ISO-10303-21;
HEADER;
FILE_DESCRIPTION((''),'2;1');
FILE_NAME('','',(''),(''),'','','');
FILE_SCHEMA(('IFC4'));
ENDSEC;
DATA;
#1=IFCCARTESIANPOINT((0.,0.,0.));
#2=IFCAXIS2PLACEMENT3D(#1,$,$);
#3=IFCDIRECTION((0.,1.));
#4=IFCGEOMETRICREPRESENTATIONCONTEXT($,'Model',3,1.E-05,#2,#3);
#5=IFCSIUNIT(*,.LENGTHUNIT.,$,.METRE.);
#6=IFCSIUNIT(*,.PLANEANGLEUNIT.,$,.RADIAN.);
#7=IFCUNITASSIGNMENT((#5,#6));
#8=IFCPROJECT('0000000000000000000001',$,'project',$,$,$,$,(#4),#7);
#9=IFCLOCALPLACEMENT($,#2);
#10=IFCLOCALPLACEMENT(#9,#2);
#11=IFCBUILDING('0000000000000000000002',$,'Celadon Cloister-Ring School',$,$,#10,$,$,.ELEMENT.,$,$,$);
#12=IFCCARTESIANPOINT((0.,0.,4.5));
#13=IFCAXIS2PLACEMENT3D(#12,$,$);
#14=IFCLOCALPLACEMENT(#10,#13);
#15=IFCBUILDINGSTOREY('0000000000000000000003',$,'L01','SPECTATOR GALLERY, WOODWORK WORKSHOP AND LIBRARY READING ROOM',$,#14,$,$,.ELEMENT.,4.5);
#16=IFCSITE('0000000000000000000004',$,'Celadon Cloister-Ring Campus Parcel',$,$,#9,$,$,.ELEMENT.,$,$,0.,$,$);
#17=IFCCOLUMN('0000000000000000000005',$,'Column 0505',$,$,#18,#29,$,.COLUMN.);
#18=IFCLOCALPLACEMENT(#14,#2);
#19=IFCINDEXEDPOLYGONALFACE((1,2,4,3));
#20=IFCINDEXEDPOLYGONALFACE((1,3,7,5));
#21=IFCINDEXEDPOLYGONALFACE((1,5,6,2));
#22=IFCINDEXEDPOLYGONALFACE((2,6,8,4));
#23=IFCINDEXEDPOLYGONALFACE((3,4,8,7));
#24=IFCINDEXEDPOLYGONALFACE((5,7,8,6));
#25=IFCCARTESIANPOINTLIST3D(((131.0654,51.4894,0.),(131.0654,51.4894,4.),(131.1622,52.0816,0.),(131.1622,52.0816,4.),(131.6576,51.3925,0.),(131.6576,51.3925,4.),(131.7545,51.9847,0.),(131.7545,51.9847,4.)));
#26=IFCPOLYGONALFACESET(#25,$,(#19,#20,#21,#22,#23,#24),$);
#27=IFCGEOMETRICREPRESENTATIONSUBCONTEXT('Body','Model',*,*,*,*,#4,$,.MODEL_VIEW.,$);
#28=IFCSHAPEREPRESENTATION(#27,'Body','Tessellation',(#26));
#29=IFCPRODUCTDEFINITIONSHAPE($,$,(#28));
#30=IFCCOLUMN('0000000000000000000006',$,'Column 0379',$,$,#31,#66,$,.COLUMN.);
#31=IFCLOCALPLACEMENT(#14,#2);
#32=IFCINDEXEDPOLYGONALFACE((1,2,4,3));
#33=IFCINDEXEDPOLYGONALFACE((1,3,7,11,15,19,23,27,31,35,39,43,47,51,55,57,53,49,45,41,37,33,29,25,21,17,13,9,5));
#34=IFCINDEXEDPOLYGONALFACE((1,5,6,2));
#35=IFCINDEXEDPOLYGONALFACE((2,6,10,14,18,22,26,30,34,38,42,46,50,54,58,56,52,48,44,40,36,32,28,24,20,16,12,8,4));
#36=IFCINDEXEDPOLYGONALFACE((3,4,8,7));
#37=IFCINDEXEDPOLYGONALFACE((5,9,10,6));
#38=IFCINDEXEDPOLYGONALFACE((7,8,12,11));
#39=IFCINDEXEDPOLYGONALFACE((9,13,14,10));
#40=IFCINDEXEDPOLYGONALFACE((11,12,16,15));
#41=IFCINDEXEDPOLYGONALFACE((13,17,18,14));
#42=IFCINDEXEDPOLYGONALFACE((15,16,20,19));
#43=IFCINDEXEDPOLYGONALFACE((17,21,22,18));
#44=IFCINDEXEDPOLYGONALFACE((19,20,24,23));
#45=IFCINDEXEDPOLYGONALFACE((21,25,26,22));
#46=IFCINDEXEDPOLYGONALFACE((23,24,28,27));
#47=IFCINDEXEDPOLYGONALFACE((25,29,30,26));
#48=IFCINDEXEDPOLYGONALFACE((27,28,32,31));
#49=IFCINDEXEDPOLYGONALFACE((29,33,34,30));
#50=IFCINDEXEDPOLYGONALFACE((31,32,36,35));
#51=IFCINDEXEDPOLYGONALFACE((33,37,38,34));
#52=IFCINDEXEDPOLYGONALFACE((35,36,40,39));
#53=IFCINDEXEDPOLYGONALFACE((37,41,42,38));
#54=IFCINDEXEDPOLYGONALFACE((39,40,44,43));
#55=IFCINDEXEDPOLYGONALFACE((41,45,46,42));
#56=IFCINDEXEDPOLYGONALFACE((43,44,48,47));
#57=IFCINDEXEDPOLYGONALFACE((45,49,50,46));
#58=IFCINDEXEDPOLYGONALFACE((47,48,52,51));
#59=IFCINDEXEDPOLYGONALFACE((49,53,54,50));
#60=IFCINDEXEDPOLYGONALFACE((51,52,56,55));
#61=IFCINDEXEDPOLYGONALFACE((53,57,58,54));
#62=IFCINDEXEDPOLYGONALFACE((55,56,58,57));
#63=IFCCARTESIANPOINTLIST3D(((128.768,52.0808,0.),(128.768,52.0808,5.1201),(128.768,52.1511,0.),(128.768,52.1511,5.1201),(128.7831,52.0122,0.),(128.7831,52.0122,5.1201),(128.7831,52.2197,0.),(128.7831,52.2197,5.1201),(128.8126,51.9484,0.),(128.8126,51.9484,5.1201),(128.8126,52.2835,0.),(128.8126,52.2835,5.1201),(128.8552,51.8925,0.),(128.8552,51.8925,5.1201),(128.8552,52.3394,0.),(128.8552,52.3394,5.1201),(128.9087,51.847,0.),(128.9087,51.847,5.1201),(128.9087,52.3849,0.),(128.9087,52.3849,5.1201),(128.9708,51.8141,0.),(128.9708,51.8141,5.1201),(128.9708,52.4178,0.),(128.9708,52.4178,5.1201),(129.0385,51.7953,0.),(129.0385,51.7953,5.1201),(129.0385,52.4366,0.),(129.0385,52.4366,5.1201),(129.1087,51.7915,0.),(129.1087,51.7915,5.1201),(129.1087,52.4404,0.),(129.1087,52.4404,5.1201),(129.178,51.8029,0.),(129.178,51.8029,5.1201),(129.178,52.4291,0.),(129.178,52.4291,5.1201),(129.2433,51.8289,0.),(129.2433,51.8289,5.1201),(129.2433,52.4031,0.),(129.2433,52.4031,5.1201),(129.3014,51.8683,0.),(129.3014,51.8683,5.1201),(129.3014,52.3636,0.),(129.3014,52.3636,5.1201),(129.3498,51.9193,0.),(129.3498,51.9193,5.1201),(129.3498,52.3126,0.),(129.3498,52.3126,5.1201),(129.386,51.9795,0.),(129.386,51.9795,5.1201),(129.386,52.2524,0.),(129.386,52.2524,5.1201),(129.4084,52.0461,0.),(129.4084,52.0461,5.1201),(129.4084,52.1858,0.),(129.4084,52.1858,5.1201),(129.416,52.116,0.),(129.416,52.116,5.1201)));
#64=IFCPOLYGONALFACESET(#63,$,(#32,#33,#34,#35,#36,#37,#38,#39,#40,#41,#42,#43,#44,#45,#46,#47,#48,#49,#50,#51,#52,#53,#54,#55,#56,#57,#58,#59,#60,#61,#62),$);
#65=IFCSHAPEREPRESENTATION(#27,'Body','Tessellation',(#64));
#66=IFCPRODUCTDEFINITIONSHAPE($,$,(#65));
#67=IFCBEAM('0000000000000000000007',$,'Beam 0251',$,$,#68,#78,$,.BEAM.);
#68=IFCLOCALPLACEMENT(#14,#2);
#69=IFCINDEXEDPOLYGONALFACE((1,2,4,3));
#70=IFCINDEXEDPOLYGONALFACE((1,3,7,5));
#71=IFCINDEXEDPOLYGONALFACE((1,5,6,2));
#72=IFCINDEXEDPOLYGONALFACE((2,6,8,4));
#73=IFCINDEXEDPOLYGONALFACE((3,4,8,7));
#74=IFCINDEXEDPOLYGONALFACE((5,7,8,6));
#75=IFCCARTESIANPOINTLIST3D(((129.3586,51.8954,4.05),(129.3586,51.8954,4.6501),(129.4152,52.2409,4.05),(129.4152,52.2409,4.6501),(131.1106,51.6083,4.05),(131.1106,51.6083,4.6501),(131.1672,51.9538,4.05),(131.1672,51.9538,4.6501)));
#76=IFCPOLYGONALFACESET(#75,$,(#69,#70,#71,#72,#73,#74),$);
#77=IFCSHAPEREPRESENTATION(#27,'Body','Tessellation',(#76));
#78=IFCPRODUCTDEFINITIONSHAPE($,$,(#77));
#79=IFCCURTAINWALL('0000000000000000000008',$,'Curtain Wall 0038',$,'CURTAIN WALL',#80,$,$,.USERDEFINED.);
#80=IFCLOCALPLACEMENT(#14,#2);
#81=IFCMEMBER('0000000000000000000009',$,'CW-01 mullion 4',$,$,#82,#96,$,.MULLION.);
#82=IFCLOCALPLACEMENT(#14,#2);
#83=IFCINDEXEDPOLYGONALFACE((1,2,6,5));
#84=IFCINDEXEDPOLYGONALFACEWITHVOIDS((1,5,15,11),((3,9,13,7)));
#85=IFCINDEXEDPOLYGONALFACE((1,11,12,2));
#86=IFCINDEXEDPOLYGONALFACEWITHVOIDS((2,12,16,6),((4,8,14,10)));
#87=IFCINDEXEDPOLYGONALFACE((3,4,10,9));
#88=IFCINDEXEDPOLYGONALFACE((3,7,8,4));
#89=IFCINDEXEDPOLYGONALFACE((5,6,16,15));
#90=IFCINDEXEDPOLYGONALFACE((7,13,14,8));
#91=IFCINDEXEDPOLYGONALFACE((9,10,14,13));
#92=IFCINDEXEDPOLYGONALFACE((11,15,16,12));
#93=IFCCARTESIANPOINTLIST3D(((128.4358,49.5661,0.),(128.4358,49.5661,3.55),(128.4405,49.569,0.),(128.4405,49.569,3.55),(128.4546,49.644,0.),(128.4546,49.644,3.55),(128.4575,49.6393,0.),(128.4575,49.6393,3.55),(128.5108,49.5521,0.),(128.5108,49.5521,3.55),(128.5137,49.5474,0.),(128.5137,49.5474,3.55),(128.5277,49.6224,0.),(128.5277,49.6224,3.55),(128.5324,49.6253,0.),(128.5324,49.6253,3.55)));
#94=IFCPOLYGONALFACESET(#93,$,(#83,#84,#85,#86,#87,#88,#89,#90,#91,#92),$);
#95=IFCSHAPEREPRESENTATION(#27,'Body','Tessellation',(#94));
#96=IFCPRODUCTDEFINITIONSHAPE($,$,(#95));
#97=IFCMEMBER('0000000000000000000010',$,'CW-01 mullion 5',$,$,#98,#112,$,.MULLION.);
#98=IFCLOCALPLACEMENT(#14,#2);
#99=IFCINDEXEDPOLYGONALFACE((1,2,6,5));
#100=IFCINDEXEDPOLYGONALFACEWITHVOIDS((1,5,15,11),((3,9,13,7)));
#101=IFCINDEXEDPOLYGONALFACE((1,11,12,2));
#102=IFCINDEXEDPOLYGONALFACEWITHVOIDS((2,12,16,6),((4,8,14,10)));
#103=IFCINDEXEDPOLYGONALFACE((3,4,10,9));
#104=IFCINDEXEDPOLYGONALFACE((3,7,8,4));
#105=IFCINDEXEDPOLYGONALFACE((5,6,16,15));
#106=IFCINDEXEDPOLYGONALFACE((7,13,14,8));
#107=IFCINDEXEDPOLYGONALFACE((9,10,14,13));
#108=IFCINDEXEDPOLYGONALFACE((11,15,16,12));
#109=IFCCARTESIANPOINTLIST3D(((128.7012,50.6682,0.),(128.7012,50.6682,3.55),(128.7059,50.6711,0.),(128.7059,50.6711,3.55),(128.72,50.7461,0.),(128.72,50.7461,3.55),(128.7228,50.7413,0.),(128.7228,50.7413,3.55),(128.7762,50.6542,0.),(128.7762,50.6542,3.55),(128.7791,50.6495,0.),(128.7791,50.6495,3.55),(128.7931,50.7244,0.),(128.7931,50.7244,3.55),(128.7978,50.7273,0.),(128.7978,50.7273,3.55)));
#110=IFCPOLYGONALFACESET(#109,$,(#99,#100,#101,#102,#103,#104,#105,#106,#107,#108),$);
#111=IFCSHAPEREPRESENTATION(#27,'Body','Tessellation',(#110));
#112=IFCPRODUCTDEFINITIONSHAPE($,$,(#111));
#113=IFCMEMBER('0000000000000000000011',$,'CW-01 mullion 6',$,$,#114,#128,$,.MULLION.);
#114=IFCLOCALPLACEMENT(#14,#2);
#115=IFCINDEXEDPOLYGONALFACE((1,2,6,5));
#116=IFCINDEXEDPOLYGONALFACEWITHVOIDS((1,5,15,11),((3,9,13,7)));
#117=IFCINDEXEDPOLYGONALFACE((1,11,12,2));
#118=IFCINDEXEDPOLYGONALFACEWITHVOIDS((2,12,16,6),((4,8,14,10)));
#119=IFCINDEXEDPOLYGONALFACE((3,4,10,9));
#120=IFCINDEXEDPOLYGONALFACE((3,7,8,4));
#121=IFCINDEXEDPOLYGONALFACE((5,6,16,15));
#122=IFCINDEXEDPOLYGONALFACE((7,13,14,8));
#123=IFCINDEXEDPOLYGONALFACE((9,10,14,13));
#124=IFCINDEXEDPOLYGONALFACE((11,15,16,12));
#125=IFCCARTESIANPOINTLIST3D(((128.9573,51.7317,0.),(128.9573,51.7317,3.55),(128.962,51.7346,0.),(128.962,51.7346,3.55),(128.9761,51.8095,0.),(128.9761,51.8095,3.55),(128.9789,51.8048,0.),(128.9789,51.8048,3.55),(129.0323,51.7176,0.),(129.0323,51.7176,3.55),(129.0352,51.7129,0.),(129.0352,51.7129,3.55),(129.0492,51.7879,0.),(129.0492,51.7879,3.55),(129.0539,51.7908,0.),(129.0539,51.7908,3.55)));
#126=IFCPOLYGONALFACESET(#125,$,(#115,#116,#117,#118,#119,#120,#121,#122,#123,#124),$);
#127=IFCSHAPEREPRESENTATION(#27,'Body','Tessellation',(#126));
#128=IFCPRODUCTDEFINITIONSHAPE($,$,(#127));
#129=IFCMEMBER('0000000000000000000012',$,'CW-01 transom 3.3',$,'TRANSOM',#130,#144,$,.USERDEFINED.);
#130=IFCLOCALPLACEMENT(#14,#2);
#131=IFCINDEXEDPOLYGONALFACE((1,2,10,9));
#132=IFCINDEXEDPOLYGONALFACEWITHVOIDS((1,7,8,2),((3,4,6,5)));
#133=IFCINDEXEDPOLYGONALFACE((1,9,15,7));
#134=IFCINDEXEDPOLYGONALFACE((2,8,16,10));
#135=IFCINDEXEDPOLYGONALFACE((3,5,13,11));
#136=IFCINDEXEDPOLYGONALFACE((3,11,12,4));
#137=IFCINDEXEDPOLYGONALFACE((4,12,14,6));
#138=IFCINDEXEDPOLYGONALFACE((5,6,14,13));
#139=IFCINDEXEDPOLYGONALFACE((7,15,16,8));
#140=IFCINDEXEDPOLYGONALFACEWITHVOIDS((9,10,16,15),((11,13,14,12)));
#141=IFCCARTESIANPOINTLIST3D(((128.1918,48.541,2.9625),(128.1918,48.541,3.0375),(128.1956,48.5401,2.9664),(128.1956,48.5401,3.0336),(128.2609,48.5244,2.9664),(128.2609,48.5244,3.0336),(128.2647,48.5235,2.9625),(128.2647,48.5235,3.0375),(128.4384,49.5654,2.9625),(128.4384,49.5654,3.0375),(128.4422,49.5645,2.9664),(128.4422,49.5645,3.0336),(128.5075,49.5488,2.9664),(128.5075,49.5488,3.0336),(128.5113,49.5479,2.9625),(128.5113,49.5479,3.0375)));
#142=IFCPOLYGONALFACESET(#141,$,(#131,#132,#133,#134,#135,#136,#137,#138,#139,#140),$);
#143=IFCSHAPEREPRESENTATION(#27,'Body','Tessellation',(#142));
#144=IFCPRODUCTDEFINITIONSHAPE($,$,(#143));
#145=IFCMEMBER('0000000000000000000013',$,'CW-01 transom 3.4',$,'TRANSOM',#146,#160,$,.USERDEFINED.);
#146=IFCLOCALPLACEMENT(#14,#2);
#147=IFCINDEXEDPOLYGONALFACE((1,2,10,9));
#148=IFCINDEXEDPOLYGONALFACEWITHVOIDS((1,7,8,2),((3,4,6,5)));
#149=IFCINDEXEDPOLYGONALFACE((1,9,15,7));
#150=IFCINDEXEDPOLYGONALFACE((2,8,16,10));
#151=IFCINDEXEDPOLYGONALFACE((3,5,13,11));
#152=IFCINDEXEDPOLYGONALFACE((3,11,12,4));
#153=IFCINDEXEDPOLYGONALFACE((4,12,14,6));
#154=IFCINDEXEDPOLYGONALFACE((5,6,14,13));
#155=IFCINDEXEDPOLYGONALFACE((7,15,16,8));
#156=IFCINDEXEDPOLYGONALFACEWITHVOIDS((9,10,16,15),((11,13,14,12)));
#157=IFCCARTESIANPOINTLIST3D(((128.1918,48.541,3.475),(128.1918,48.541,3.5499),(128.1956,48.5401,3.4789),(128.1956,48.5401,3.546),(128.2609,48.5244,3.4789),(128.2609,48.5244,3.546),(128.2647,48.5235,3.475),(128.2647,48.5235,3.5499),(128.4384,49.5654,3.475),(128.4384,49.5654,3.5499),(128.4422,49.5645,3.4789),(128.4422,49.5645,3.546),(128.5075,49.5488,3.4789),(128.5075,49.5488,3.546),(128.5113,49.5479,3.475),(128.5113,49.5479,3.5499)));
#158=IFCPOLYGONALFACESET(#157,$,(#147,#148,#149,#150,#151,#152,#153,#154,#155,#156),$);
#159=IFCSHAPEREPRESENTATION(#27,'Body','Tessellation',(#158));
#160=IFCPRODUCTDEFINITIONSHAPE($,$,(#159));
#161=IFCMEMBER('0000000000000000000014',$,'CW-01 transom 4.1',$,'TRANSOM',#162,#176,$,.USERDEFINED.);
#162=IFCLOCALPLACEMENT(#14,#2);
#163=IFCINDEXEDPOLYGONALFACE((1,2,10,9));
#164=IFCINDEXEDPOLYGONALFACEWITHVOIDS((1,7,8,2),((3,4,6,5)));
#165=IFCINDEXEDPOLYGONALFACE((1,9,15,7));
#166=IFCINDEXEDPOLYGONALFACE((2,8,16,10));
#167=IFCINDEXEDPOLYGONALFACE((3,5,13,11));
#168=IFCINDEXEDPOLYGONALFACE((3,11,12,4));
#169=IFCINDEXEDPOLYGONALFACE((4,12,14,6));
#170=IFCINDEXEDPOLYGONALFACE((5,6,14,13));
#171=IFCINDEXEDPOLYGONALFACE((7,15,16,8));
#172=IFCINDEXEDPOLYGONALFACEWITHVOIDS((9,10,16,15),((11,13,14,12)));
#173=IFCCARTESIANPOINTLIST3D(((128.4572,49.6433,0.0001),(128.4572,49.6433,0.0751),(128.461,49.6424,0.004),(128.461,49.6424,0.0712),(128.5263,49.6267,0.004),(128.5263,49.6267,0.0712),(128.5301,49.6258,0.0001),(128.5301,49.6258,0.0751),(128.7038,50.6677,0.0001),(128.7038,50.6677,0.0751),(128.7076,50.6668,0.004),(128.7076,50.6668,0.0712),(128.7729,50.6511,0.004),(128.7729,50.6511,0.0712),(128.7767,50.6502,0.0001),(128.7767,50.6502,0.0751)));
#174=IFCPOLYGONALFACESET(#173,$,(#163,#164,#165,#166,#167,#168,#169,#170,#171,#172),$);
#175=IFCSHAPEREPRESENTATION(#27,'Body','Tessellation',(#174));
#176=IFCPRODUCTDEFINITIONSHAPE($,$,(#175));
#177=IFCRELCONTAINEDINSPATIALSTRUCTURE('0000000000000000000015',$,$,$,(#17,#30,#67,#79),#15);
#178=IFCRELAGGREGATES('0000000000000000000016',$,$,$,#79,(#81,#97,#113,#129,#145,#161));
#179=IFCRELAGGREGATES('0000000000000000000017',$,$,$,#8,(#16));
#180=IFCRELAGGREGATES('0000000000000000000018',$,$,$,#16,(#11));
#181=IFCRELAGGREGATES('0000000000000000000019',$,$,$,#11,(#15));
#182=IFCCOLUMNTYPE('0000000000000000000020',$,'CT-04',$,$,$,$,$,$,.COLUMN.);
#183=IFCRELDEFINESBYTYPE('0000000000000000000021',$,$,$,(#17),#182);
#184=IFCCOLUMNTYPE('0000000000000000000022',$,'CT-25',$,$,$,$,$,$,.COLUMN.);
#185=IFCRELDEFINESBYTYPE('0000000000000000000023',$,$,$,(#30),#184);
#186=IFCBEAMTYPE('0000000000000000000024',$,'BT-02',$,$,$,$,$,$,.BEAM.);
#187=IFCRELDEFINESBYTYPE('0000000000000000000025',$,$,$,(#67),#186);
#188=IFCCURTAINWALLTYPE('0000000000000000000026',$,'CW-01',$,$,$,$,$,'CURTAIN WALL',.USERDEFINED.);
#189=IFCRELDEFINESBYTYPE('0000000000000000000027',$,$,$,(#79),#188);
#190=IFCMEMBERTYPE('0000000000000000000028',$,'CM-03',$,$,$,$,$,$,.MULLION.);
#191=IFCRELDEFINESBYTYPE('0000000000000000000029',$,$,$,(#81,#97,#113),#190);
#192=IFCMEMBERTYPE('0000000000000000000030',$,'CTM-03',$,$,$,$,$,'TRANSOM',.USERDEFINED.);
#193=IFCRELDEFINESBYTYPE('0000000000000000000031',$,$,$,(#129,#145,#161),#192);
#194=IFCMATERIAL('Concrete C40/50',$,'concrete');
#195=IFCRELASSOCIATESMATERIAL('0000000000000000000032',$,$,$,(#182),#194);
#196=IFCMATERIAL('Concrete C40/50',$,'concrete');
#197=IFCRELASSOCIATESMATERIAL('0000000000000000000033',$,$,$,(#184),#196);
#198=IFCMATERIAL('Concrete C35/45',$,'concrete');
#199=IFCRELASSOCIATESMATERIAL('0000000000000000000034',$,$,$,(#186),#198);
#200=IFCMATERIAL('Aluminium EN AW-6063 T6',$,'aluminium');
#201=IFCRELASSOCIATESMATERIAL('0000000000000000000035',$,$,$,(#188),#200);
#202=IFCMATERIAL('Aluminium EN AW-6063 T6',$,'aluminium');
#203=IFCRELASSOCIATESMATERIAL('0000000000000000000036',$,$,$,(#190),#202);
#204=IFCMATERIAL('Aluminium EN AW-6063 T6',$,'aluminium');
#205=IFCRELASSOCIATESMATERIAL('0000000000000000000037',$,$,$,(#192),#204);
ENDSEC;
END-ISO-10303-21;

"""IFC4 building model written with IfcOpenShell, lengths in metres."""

from ifc_helpers import new_model, si_unit, direction, frame, origin, origin_2d, place, context, subcontext, project, spatial, rectangle, hollow_rectangle, circle, extrude, material, material_profile, profile_set, type_object, element, aggregate, save


model = new_model("IFC4")

# Units and contexts
model_context = context("Model", 3, precision=1e-05, world=origin(), true_north=direction((0.0, 1.0)))
body_context = subcontext(model_context, "Body", "Model", "MODEL_VIEW")
ifc_project = project(units=[si_unit("LENGTHUNIT", "METRE"), si_unit("PLANEANGLEUNIT", "RADIAN")], contexts=[model_context])

# Site, building, storey
site_placement = place(None, origin())
site = spatial("IfcSite", under=ifc_project, at=site_placement, Name="Celadon Cloister-Ring Campus Parcel", CompositionType="ELEMENT", RefElevation=0.0)
building_placement = place(site_placement, origin())
building = spatial("IfcBuilding", under=site, at=building_placement, Name="Celadon Cloister-Ring School", CompositionType="ELEMENT")
storey_placement = place(building_placement, frame((0.0, 0.0, 4.5)))
storey = spatial("IfcBuildingStorey", under=building, at=storey_placement, Name="L01", Description="SPECTATOR GALLERY, WOODWORK WORKSHOP AND LIBRARY READING ROOM", CompositionType="ELEMENT", Elevation=4.5)

# Columns
ifc_material_1 = material(Name="Concrete C40/50", Category="concrete")
ifc_material_profile_1 = material_profile(ifc_material_1, rectangle(XDim=0.6001, YDim=0.6001, at=origin_2d()), Name="RC600X600")
ifc_profile_set_1 = profile_set([ifc_material_profile_1], Name="Concrete C40/50")
column_type_1 = type_object("IfcColumnType", Name="CT-04", PredefinedType="COLUMN", material=ifc_profile_set_1)
column_1_placement = place(storey_placement, frame((131.4099, 51.7371, 0.0), z_axis=(0.0, 0.0, 1.0), x_axis=(0.98689, -0.161397, 0.0)))
element("IfcColumn", 1, at=column_1_placement, inside=storey, type_object=column_type_1, Name="Column 0505", PredefinedType="COLUMN", context=body_context, shape_type="SweptSolid", body=[
    extrude(rectangle(XDim=0.6001, YDim=0.6001, at=origin_2d()), origin(), (0.0, 0.0, 1.0), 4.0),
])
ifc_material_2 = material(Name="Concrete C40/50", Category="concrete")
ifc_material_profile_2 = material_profile(ifc_material_2, circle(Radius=0.325, at=origin_2d()), Name="CIRC650")
ifc_profile_set_2 = profile_set([ifc_material_profile_2], Name="Concrete C40/50")
column_type_2 = type_object("IfcColumnType", Name="CT-25", PredefinedType="COLUMN", material=ifc_profile_set_2)
column_2_placement = place(storey_placement, frame((129.0911, 52.116, 0.0), z_axis=(0.0, 0.0, 1.0), x_axis=(1.0, 0.0, 0.0)))
element("IfcColumn", 2, at=column_2_placement, inside=storey, type_object=column_type_2, Name="Column 0379", PredefinedType="COLUMN", context=body_context, shape_type="SweptSolid", body=[
    extrude(circle(Radius=0.325, at=origin_2d()), origin(), (0.0, 0.0, 1.0), 5.1201),
])

# Beam
ifc_material_3 = material(Name="Concrete C35/45", Category="concrete")
ifc_material_profile_3 = material_profile(ifc_material_3, rectangle(XDim=0.3501, YDim=0.6001, at=origin_2d()), Name="RC350X600")
ifc_profile_set_3 = profile_set([ifc_material_profile_3], Name="Concrete C35/45")
beam_type_1 = type_object("IfcBeamType", Name="BT-02", PredefinedType="BEAM", material=ifc_profile_set_3)
beam_1_placement = place(storey_placement, frame((131.1389, 51.781, 4.3501), z_axis=(-0.986836, 0.161722, 0.0), x_axis=(-0.161722, -0.986836, 0.0)))
element("IfcBeam", 3, at=beam_1_placement, inside=storey, type_object=beam_type_1, Name="Beam 0251", PredefinedType="BEAM", context=body_context, shape_type="SweptSolid", body=[
    extrude(rectangle(XDim=0.3501, YDim=0.6001, at=origin_2d()), origin(), (0.0, 0.0, 1.0), 1.7754),
])

# Curtain wall, members
ifc_material_4 = material(Name="Aluminium EN AW-6063 T6", Category="aluminium")
curtain_wall_type = type_object("IfcCurtainWallType", Name="CW-01", ElementType="CURTAIN WALL", PredefinedType="USERDEFINED", material=ifc_material_4)
curtain_wall_placement = place(storey_placement, origin())
curtain_wall = element("IfcCurtainWall", 4, at=curtain_wall_placement, inside=storey, type_object=curtain_wall_type, Name="Curtain Wall 0038", ObjectType="CURTAIN WALL", PredefinedType="USERDEFINED")
ifc_material_5 = material(Name="Aluminium EN AW-6063 T6", Category="aluminium")
ifc_material_profile_4 = material_profile(ifc_material_5, hollow_rectangle(XDim=0.0801, YDim=0.0801, WallThickness=0.0039, at=origin_2d()), Name="RHS80X80X4")
ifc_profile_set_4 = profile_set([ifc_material_profile_4], Name="Aluminium EN AW-6063 T6")
member_type_1 = type_object("IfcMemberType", Name="CM-03", PredefinedType="MULLION", material=ifc_profile_set_4)
member_1_placement = place(storey_placement, frame((128.4841, 49.5957, 0.0), z_axis=(0.0, 0.0, 1.0), x_axis=(-0.972212, 0.2341, 0.0)))
member_1 = element("IfcMember", 5, at=member_1_placement, type_object=member_type_1, Name="CW-01 mullion 4", PredefinedType="MULLION", context=body_context, shape_type="SweptSolid", body=[
    extrude(hollow_rectangle(XDim=0.0801, YDim=0.0801, WallThickness=0.0039, at=origin_2d()), origin(), (0.0, 0.0, 1.0), 3.55),
])
member_2_placement = place(storey_placement, frame((128.7495, 50.6978, 0.0), z_axis=(0.0, 0.0, 1.0), x_axis=(-0.972212, 0.2341, 0.0)))
member_2 = element("IfcMember", 6, at=member_2_placement, type_object=member_type_1, Name="CW-01 mullion 5", PredefinedType="MULLION", context=body_context, shape_type="SweptSolid", body=[
    extrude(hollow_rectangle(XDim=0.0801, YDim=0.0801, WallThickness=0.0039, at=origin_2d()), origin(), (0.0, 0.0, 1.0), 3.55),
])
member_3_placement = place(storey_placement, frame((129.0056, 51.7612, 0.0), z_axis=(0.0, 0.0, 1.0), x_axis=(-0.972212, 0.2341, 0.0)))
member_3 = element("IfcMember", 7, at=member_3_placement, type_object=member_type_1, Name="CW-01 mullion 6", PredefinedType="MULLION", context=body_context, shape_type="SweptSolid", body=[
    extrude(hollow_rectangle(XDim=0.0801, YDim=0.0801, WallThickness=0.0039, at=origin_2d()), origin(), (0.0, 0.0, 1.0), 3.55),
])
ifc_material_6 = material(Name="Aluminium EN AW-6063 T6", Category="aluminium")
ifc_material_profile_5 = material_profile(ifc_material_6, hollow_rectangle(XDim=0.075, YDim=0.075, WallThickness=0.0039, at=origin_2d()), Name="RHS75X75X4")
ifc_profile_set_5 = profile_set([ifc_material_profile_5], Name="Aluminium EN AW-6063 T6")
member_type_2 = type_object("IfcMemberType", Name="CTM-03", ElementType="TRANSOM", PredefinedType="USERDEFINED", material=ifc_profile_set_5)
member_4_placement = place(storey_placement, frame((128.2283, 48.5322, 3.0), z_axis=(0.234021, 0.972231, 0.0), x_axis=(-0.972231, 0.234021, 0.0)))
member_4 = element("IfcMember", 8, at=member_4_placement, type_object=member_type_2, Name="CW-01 transom 3.3", ObjectType="TRANSOM", PredefinedType="USERDEFINED", context=body_context, shape_type="SweptSolid", body=[
    extrude(hollow_rectangle(XDim=0.075, YDim=0.075, WallThickness=0.0039, at=origin_2d()), origin(), (0.0, 0.0, 1.0), 1.0537),
])
member_5_placement = place(storey_placement, frame((128.2283, 48.5322, 3.5125), z_axis=(0.234021, 0.972231, 0.0), x_axis=(-0.972231, 0.234021, 0.0)))
member_5 = element("IfcMember", 9, at=member_5_placement, type_object=member_type_2, Name="CW-01 transom 3.4", ObjectType="TRANSOM", PredefinedType="USERDEFINED", context=body_context, shape_type="SweptSolid", body=[
    extrude(hollow_rectangle(XDim=0.075, YDim=0.075, WallThickness=0.0039, at=origin_2d()), origin(), (0.0, 0.0, 1.0), 1.0537),
])
member_6_placement = place(storey_placement, frame((128.4937, 49.6345, 0.0376), z_axis=(0.234021, 0.972231, 0.0), x_axis=(-0.972231, 0.234021, 0.0)))
member_6 = element("IfcMember", 10, at=member_6_placement, type_object=member_type_2, Name="CW-01 transom 4.1", ObjectType="TRANSOM", PredefinedType="USERDEFINED", context=body_context, shape_type="SweptSolid", body=[
    extrude(hollow_rectangle(XDim=0.075, YDim=0.075, WallThickness=0.0039, at=origin_2d()), origin(), (0.0, 0.0, 1.0), 1.0537),
])

aggregate(curtain_wall, [member_1, member_2, member_3, member_4, member_5, member_6])

save(model, "model.ifc")
